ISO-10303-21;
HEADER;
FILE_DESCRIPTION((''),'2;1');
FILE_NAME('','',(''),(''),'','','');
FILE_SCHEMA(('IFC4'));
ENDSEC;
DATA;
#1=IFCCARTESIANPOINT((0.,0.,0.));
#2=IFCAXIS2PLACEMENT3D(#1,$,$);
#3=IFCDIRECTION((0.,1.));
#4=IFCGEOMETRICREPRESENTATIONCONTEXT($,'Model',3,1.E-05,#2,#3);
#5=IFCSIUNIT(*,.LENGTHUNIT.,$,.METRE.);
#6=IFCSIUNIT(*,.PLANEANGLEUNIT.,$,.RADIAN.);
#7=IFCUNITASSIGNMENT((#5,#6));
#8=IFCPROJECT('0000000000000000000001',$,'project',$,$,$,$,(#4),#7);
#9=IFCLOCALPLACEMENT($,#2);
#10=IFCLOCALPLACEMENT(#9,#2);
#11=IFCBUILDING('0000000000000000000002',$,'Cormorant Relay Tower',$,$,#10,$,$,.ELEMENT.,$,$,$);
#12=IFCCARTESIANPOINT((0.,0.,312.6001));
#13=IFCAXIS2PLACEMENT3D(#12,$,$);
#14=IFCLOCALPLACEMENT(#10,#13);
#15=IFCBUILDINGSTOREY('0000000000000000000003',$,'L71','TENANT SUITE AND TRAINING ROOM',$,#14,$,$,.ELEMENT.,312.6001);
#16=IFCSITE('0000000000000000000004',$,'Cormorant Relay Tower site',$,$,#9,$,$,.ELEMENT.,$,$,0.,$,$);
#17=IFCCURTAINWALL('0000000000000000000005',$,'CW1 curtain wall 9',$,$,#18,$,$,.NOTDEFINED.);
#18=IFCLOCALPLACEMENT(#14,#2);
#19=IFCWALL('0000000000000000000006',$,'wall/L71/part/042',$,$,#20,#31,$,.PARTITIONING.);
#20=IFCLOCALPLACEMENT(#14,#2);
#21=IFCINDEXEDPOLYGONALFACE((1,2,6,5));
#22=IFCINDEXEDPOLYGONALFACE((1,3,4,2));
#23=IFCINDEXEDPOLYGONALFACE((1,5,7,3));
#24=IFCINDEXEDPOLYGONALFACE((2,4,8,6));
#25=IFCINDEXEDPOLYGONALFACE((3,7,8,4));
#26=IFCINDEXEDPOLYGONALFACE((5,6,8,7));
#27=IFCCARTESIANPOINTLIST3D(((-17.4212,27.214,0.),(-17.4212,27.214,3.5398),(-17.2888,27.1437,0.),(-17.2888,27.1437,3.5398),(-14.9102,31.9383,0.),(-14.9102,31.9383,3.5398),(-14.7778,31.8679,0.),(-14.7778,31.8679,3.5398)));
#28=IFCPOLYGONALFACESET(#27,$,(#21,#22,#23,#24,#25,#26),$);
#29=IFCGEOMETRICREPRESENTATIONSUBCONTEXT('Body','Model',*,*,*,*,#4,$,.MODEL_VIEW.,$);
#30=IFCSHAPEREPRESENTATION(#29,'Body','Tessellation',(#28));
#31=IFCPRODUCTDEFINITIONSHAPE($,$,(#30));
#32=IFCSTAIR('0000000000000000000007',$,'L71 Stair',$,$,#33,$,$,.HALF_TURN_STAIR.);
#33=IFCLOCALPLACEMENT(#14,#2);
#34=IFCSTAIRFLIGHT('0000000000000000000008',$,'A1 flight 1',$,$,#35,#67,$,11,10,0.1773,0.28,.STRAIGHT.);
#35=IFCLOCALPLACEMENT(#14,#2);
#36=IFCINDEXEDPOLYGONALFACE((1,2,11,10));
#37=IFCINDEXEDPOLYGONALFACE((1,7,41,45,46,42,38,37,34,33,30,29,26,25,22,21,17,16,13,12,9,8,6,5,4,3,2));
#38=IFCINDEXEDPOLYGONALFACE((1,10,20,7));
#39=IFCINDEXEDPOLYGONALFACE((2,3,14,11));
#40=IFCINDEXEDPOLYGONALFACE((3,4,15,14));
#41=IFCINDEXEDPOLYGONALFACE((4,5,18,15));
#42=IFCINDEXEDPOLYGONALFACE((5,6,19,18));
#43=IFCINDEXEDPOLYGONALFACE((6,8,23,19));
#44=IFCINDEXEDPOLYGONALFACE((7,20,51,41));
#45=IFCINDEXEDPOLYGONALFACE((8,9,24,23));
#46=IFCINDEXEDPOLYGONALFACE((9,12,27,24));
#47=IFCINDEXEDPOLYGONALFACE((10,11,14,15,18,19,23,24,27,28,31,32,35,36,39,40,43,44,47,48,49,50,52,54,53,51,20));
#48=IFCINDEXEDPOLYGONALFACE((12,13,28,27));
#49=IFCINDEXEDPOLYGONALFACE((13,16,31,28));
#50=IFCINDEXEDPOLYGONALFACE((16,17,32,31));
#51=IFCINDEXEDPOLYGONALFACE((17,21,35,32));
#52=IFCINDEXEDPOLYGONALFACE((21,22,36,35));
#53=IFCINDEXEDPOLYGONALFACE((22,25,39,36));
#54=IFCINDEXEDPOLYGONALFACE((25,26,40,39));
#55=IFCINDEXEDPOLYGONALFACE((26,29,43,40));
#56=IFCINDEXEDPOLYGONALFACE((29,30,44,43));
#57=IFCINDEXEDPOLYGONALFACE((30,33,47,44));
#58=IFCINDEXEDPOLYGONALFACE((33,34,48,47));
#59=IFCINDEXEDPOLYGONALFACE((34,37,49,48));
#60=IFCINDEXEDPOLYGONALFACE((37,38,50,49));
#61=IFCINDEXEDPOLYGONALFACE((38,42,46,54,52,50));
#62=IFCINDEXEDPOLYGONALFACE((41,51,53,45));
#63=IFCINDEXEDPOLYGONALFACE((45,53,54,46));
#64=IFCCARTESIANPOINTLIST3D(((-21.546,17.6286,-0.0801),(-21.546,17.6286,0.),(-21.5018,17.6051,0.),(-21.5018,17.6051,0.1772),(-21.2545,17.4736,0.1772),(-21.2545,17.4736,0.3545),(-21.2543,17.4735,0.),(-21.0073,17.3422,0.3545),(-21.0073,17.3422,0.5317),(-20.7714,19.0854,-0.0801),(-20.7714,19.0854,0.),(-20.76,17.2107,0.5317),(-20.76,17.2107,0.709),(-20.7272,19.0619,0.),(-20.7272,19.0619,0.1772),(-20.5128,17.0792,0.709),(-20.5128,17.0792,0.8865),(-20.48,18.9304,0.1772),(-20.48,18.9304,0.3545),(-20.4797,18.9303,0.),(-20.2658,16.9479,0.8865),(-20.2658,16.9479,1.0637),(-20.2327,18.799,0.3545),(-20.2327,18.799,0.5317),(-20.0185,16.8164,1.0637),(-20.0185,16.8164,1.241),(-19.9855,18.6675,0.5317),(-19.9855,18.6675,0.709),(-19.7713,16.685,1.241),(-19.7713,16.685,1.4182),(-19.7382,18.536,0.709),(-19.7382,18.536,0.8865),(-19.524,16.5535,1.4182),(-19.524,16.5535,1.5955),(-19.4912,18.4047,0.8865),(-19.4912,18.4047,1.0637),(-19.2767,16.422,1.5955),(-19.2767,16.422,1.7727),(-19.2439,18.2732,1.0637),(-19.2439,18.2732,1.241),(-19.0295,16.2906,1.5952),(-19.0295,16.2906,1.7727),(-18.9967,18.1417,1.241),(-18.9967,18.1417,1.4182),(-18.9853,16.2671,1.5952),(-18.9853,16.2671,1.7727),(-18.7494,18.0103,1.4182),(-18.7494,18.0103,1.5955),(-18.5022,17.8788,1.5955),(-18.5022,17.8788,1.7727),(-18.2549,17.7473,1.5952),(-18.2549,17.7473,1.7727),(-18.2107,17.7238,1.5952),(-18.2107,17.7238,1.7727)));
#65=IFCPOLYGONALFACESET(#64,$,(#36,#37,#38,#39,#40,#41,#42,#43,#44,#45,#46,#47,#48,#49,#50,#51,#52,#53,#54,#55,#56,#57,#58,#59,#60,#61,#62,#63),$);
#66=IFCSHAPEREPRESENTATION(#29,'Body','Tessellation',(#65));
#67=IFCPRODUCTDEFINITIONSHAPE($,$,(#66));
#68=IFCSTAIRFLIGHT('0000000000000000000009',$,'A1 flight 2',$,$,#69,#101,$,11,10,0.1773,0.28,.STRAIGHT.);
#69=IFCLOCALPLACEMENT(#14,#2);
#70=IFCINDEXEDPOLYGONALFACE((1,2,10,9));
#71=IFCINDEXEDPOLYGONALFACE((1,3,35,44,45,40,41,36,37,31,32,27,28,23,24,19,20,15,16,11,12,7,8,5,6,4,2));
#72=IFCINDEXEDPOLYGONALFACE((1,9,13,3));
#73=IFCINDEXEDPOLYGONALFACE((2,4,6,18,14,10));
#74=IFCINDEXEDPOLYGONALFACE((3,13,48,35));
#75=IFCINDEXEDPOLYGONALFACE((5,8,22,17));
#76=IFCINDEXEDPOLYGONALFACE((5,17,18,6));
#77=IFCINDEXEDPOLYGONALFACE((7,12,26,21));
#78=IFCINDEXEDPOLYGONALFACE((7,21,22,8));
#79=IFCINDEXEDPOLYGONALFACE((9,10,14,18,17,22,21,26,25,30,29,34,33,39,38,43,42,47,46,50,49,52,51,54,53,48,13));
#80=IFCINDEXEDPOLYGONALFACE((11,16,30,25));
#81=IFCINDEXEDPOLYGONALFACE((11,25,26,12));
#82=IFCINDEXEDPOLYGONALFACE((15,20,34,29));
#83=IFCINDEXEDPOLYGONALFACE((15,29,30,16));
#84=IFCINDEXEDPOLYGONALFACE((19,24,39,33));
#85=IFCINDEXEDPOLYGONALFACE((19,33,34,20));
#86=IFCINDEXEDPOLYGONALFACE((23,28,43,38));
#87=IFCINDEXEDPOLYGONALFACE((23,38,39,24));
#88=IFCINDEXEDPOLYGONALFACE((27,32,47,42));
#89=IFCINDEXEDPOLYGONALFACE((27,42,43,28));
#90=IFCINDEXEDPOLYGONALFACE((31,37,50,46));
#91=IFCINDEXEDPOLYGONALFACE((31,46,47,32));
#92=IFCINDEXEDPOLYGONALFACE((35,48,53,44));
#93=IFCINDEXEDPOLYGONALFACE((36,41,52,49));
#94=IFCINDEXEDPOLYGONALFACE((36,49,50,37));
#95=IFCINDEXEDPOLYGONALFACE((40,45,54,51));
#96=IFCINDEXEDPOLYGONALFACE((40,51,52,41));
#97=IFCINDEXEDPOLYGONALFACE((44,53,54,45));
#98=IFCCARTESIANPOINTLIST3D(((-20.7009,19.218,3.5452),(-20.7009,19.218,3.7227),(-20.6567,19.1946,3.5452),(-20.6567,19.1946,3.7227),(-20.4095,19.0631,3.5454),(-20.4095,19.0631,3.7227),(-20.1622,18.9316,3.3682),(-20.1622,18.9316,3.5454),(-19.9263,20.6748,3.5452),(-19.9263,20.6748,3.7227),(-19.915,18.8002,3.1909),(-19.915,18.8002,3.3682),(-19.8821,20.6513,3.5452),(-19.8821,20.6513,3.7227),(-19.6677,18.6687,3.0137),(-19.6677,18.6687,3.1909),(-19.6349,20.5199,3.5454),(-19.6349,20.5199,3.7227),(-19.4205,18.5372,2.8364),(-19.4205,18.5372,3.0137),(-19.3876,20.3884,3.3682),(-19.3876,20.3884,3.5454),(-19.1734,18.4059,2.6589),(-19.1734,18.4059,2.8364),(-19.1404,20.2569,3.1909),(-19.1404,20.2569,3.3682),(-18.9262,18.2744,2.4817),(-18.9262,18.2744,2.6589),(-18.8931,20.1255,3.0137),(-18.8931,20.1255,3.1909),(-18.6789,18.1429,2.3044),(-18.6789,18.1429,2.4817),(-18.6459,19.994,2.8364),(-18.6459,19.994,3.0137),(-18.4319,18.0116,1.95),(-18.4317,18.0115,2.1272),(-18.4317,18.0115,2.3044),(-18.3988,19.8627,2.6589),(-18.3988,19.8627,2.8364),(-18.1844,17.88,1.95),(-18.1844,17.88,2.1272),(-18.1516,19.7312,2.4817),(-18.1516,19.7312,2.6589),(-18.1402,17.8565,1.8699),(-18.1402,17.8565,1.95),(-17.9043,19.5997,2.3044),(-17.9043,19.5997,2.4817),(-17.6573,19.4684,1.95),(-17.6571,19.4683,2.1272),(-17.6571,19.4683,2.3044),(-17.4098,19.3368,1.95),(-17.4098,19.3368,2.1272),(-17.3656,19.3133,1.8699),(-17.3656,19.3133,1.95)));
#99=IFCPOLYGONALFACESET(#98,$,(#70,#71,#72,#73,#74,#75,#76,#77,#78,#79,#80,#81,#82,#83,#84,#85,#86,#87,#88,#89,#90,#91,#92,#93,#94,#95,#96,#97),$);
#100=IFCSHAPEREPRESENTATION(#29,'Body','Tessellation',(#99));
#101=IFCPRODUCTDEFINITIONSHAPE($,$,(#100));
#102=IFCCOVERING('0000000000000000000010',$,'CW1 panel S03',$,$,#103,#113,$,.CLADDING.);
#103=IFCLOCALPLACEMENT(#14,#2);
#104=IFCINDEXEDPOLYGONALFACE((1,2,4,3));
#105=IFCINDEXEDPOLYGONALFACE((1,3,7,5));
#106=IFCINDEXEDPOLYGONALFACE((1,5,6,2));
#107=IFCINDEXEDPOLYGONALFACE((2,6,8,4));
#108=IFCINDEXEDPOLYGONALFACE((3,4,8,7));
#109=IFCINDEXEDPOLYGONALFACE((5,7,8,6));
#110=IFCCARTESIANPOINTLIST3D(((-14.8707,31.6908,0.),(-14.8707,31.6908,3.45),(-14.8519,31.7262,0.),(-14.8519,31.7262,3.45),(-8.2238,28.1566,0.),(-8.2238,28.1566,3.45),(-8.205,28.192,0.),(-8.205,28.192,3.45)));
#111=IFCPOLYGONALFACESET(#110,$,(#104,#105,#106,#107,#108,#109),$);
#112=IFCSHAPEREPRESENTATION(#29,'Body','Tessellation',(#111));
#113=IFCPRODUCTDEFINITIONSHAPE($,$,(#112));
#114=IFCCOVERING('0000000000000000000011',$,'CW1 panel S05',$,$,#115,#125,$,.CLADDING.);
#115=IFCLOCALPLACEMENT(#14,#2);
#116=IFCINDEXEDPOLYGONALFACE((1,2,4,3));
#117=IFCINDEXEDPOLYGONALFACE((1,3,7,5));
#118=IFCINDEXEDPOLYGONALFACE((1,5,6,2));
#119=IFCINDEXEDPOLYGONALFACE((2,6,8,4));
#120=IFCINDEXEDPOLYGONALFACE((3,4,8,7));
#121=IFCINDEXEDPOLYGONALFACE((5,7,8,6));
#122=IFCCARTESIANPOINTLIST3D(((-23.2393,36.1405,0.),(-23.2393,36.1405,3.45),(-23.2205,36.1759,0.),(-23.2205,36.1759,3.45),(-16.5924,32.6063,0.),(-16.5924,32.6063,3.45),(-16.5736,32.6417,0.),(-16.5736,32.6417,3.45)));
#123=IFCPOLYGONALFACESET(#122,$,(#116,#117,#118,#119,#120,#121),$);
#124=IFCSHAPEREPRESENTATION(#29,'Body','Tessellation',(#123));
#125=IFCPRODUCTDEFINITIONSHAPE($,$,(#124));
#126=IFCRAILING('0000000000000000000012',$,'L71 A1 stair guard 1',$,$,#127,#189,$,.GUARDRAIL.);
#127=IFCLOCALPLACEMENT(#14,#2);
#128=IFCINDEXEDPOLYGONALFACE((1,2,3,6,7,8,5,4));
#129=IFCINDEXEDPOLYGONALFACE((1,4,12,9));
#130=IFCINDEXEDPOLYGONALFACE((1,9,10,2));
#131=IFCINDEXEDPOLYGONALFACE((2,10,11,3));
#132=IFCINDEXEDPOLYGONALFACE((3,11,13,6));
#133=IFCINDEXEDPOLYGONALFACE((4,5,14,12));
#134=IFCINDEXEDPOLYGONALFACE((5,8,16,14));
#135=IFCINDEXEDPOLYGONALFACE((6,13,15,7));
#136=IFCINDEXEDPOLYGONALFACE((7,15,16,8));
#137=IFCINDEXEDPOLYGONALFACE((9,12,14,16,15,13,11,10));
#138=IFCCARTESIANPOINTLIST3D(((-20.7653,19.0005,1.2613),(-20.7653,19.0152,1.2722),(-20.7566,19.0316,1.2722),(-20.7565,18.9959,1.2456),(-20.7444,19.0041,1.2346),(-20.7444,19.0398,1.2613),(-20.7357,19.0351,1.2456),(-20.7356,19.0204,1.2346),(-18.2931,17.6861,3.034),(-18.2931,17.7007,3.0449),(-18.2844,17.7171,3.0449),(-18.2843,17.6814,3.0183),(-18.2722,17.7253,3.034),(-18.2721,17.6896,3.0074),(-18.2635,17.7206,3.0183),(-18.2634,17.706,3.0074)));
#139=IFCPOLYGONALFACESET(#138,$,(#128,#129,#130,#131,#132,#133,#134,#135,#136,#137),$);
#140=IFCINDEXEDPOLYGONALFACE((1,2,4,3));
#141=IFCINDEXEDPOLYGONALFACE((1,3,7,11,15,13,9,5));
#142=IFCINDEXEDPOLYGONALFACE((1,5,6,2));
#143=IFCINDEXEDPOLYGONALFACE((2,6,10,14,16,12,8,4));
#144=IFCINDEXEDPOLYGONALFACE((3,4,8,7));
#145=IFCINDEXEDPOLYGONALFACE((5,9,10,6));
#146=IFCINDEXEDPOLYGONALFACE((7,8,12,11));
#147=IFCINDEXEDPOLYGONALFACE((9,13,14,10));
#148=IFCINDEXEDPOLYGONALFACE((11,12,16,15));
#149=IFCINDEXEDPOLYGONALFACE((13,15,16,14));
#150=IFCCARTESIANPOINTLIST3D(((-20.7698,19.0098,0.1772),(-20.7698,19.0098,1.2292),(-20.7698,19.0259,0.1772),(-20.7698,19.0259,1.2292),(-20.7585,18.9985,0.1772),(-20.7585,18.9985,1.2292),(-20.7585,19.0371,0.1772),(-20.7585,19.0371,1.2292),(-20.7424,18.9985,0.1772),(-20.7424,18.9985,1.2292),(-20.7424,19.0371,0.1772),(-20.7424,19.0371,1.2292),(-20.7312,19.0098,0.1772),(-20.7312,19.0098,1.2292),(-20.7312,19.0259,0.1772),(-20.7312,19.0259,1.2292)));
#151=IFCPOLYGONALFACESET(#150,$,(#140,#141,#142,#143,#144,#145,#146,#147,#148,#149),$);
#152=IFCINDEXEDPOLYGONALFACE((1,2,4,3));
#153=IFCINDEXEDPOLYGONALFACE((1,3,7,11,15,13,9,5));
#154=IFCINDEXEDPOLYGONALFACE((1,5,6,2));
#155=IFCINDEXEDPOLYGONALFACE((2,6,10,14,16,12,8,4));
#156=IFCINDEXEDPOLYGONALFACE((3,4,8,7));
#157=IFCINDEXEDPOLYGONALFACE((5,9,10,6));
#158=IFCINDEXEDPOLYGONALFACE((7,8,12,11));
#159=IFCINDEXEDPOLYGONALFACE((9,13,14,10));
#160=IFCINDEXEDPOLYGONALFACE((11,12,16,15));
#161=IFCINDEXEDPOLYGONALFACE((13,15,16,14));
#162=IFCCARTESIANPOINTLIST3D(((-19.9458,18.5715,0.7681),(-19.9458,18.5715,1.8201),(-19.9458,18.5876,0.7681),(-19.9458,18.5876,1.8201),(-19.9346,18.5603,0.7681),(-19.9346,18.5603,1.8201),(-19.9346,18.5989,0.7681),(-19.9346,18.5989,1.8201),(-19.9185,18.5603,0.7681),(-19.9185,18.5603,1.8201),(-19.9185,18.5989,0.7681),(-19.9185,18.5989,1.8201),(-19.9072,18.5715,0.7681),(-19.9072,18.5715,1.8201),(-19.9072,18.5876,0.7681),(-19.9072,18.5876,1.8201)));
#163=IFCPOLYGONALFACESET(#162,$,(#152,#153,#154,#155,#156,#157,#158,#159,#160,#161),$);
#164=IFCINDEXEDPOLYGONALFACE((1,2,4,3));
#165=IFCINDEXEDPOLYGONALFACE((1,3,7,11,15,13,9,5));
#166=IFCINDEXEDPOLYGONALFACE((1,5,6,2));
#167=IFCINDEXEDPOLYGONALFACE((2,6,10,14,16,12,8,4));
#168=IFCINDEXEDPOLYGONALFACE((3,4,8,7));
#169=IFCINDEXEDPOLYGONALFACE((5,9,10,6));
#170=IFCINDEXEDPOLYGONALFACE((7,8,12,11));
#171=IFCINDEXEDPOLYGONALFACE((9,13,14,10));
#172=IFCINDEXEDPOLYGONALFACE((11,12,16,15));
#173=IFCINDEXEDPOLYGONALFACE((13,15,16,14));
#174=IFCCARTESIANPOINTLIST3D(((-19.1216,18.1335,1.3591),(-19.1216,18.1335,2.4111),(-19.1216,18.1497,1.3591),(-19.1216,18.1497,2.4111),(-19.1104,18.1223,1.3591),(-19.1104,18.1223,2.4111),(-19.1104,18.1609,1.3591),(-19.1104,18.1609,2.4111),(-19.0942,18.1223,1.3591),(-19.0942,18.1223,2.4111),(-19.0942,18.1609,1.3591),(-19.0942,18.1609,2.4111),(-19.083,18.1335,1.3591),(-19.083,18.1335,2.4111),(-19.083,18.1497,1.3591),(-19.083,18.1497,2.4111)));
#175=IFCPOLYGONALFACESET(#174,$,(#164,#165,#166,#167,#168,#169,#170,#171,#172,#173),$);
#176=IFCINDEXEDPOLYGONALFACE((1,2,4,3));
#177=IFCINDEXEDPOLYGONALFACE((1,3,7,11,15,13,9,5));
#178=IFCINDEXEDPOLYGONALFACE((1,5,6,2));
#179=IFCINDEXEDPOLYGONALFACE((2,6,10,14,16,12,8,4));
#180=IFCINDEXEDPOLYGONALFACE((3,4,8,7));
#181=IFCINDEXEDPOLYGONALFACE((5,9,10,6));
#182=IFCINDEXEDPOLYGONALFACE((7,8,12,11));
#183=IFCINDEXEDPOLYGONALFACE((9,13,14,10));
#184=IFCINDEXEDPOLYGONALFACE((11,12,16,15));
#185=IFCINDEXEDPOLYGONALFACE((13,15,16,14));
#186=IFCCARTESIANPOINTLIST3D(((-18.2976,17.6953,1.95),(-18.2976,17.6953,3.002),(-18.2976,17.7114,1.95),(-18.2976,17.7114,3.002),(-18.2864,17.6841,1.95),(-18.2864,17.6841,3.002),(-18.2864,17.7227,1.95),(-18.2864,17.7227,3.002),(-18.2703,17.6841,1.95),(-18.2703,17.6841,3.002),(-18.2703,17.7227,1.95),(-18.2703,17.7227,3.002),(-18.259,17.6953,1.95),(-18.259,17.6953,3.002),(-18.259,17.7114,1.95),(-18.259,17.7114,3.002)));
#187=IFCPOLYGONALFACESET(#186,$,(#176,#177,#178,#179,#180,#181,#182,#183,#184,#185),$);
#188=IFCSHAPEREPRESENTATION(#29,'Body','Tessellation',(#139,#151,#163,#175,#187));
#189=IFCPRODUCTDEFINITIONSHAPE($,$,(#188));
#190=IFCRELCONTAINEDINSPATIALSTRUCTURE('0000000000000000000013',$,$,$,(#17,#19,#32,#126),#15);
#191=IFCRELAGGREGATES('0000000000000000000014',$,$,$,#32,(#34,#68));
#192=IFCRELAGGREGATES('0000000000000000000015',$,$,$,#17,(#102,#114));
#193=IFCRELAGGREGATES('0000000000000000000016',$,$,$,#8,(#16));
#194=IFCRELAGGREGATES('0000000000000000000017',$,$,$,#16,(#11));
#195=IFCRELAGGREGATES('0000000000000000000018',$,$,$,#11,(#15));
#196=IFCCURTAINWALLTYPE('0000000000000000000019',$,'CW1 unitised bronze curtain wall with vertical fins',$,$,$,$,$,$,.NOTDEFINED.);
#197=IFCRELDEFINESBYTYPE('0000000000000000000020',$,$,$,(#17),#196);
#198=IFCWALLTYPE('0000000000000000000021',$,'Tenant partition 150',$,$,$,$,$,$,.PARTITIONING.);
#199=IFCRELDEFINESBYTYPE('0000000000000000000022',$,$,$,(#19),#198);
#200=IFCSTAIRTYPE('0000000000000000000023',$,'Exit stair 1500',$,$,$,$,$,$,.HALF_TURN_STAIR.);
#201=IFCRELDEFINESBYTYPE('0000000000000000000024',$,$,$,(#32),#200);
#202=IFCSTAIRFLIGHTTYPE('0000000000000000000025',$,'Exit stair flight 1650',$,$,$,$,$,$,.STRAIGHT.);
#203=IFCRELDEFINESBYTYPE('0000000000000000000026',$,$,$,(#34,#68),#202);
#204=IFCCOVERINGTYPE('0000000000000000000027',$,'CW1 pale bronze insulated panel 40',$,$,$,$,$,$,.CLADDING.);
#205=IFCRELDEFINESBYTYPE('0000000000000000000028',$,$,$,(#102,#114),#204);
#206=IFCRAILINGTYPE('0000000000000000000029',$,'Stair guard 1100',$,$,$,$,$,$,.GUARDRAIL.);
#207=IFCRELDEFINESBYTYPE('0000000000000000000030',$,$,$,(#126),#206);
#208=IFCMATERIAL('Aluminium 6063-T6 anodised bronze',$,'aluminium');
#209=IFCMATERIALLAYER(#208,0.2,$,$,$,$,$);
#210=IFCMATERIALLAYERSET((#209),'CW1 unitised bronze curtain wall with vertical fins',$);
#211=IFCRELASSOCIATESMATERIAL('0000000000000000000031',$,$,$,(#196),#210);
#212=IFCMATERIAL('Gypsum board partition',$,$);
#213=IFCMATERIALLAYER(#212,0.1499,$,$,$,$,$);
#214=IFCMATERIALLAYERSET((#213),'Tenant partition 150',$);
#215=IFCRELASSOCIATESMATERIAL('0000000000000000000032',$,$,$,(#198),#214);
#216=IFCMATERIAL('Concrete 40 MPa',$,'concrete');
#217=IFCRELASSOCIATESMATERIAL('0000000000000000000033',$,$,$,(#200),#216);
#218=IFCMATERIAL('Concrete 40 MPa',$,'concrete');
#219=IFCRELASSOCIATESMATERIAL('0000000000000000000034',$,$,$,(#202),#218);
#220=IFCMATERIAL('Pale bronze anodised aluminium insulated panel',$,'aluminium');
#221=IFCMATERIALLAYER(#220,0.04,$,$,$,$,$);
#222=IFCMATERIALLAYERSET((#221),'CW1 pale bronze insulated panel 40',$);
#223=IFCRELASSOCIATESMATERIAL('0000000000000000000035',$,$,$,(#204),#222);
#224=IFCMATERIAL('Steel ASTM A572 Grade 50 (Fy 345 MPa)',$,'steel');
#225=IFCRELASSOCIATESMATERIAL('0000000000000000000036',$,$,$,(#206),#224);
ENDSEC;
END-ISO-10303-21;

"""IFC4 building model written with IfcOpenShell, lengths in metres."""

from ifc_helpers import new_model, si_unit, direction, frame, frame_2d, origin, origin_2d, place, context, subcontext, project, spatial, polyline, rectangle, outline, extrude, material, layer, layer_set, type_object, element, aggregate, save


model = new_model("IFC4")

# Units and contexts
model_context = context("Model", 3, precision=1e-05, world=origin(), true_north=direction((0.0, 1.0)))
body_context = subcontext(model_context, "Body", "Model", "MODEL_VIEW")
ifc_project = project(units=[si_unit("LENGTHUNIT", "METRE"), si_unit("PLANEANGLEUNIT", "RADIAN")], contexts=[model_context])

# Site, building, storey
site_placement = place(None, origin())
site = spatial("IfcSite", under=ifc_project, at=site_placement, Name="Cormorant Relay Tower site", CompositionType="ELEMENT", RefElevation=0.0)
building_placement = place(site_placement, origin())
building = spatial("IfcBuilding", under=site, at=building_placement, Name="Cormorant Relay Tower", CompositionType="ELEMENT")
storey_placement = place(building_placement, frame((0.0, 0.0, 312.6001)))
storey = spatial("IfcBuildingStorey", under=building, at=storey_placement, Name="L71", Description="TENANT SUITE AND TRAINING ROOM", CompositionType="ELEMENT", Elevation=312.6001)

# Curtain wall
ifc_material_1 = material(Name="Aluminium 6063-T6 anodised bronze", Category="aluminium")
ifc_layer_1 = layer(ifc_material_1, 0.2)
ifc_layer_set_1 = layer_set([ifc_layer_1], Name="CW1 unitised bronze curtain wall with vertical fins")
curtain_wall_type = type_object("IfcCurtainWallType", Name="CW1 unitised bronze curtain wall with vertical fins", PredefinedType="NOTDEFINED", material=ifc_layer_set_1)
curtain_wall_placement = place(storey_placement, origin())
curtain_wall = element("IfcCurtainWall", 1, at=curtain_wall_placement, inside=storey, type_object=curtain_wall_type, Name="CW1 curtain wall 9", PredefinedType="NOTDEFINED")

# Wall
ifc_material_2 = material(Name="Gypsum board partition")
ifc_layer_2 = layer(ifc_material_2, 0.1499)
ifc_layer_set_2 = layer_set([ifc_layer_2], Name="Tenant partition 150")
wall_type_1 = type_object("IfcWallType", Name="Tenant partition 150", PredefinedType="PARTITIONING", material=ifc_layer_set_2)
wall_1_placement = place(storey_placement, frame((-14.844, 31.9031, 0.0), z_axis=(0.0, 0.0, 1.0), x_axis=(-0.469344, -0.883015, 0.0)))
element("IfcWall", 2, at=wall_1_placement, inside=storey, type_object=wall_type_1, Name="wall/L71/part/042", PredefinedType="PARTITIONING", context=body_context, shape_type="SweptSolid", body=[
    extrude(rectangle(XDim=5.3501, YDim=0.1499, at=frame_2d((2.675, 0.0))), origin(), (0.0, 0.0, 1.0), 3.5398),
])

# Stair, stair flights
ifc_material_3 = material(Name="Concrete 40 MPa", Category="concrete")
stair_type = type_object("IfcStairType", Name="Exit stair 1500", PredefinedType="HALF_TURN_STAIR", material=ifc_material_3)
stair_placement = place(storey_placement, origin())
stair = element("IfcStair", 3, at=stair_placement, inside=storey, type_object=stair_type, Name="L71 Stair", PredefinedType="HALF_TURN_STAIR")
ifc_material_4 = material(Name="Concrete 40 MPa", Category="concrete")
stair_flight_type = type_object("IfcStairFlightType", Name="Exit stair flight 1650", PredefinedType="STRAIGHT", material=ifc_material_4)
stair_flight_1_placement = place(storey_placement, frame((-21.1145, 18.3335, 0.0), z_axis=(0.0, 0.0, 1.0), x_axis=(0.882948, -0.469472, 0.0)))
stair_flight_1 = element("IfcStairFlight", 4, at=stair_flight_1_placement, type_object=stair_flight_type, Name="A1 flight 1", NumberOfRisers=11, NumberOfTreads=10, PredefinedType="STRAIGHT", RiserHeight=0.1773, TreadLength=0.28, context=body_context, shape_type="SweptSolid", body=[
    extrude(outline(polyline([(-0.05, -0.0801), (-0.05, 0.0), (0.0, 0.0), (0.0, 0.1772), (0.28, 0.1772), (0.28, 0.3545), (0.5601, 0.3545), (0.5601, 0.5317), (0.8401, 0.5317), (0.8401, 0.709), (1.1201, 0.709), (1.1201, 0.8865), (1.3999, 0.8865), (1.3999, 1.0637), (1.6799, 1.0637), (1.6799, 1.241), (1.96, 1.241), (1.96, 1.4182), (2.24, 1.4182), (2.24, 1.5955), (2.52, 1.5955), (2.52, 1.7727), (2.8, 1.7727), (2.8501, 1.7727), (2.8501, 1.5952), (2.8, 1.5952), (0.2803, 0.0), (-0.05, -0.0801)])), frame((0.0, 0.825, 0.0), z_axis=(0.0, -1.0, 0.0), x_axis=(1.0, 0.0, 0.0)), (0.0, 0.0, 1.0), 1.6499),
])
stair_flight_2_placement = place(storey_placement, frame((-17.7971, 18.6084, 1.95), z_axis=(0.0, 0.0, 1.0), x_axis=(-0.882948, 0.469472, 0.0)))
stair_flight_2 = element("IfcStairFlight", 5, at=stair_flight_2_placement, type_object=stair_flight_type, Name="A1 flight 2", NumberOfRisers=11, NumberOfTreads=10, PredefinedType="STRAIGHT", RiserHeight=0.1773, TreadLength=0.28, context=body_context, shape_type="SweptSolid", body=[
    extrude(outline(polyline([(-0.05, -0.0801), (-0.05, 0.0), (0.0, 0.0), (0.0, 0.1772), (0.28, 0.1772), (0.28, 0.3545), (0.5601, 0.3545), (0.5601, 0.5317), (0.8401, 0.5317), (0.8401, 0.709), (1.1201, 0.709), (1.1201, 0.8865), (1.3999, 0.8865), (1.3999, 1.0637), (1.6799, 1.0637), (1.6799, 1.241), (1.96, 1.241), (1.96, 1.4182), (2.24, 1.4182), (2.24, 1.5955), (2.52, 1.5955), (2.52, 1.7727), (2.8, 1.7727), (2.8501, 1.7727), (2.8501, 1.5952), (2.8, 1.5952), (0.2803, 0.0), (-0.05, -0.0801)])), frame((0.0, 0.825, 0.0), z_axis=(0.0, -1.0, 0.0), x_axis=(1.0, 0.0, 0.0)), (0.0, 0.0, 1.0), 1.6499),
])
aggregate(stair, [stair_flight_1, stair_flight_2])

# Coverings
ifc_material_5 = material(Name="Pale bronze anodised aluminium insulated panel", Category="aluminium")
ifc_layer_3 = layer(ifc_material_5, 0.04)
ifc_layer_set_3 = layer_set([ifc_layer_3], Name="CW1 pale bronze insulated panel 40")
covering_type = type_object("IfcCoveringType", Name="CW1 pale bronze insulated panel 40", PredefinedType="CLADDING", material=ifc_layer_set_3)
covering_1_placement = place(storey_placement, frame((-11.5378, 29.9414, 0.0), z_axis=(0.0, 0.0, 1.0), x_axis=(-0.882948, 0.469472, 0.0)))
covering_1 = element("IfcCovering", 6, at=covering_1_placement, type_object=covering_type, Name="CW1 panel S03", PredefinedType="CLADDING", context=body_context, shape_type="SweptSolid", body=[
    extrude(rectangle(XDim=7.5281, YDim=0.04, at=origin_2d()), origin(), (0.0, 0.0, 1.0), 3.45),
])
covering_2_placement = place(storey_placement, frame((-19.9065, 34.3911, 0.0), z_axis=(0.0, 0.0, 1.0), x_axis=(-0.882948, 0.469472, 0.0)))
covering_2 = element("IfcCovering", 7, at=covering_2_placement, type_object=covering_type, Name="CW1 panel S05", PredefinedType="CLADDING", context=body_context, shape_type="SweptSolid", body=[
    extrude(rectangle(XDim=7.5281, YDim=0.04, at=origin_2d()), origin(), (0.0, 0.0, 1.0), 3.45),
])
aggregate(curtain_wall, [covering_1, covering_2])

# Railing
ifc_material_6 = material(Name="Steel ASTM A572 Grade 50 (Fy 345 MPa)", Category="steel")
railing_type_1 = type_object("IfcRailingType", Name="Stair guard 1100", PredefinedType="GUARDRAIL", material=ifc_material_6)
railing_1_placement = place(storey_placement, frame((-20.7505, 19.0178, 0.1772)))
element("IfcRailing", 8, at=railing_1_placement, inside=storey, type_object=railing_type_1, Name="L71 A1 stair guard 1", PredefinedType="GUARDRAIL", context=body_context, shape_type="SweptSolid", body=[
    extrude(outline(polyline([(0.0222, 0.0093), (0.0093, 0.0222), (-0.0093, 0.0222), (-0.0222, 0.0093), (-0.0222, -0.0093), (-0.0093, -0.0222), (0.0093, -0.0222), (0.0222, -0.0093), (0.0222, 0.0093)])), frame((0.0, 0.0, 1.0762), z_axis=(0.746001, -0.396649, 0.534931), x_axis=(0.469465, 0.882951, 0.0)), (0.0, 0.0, 1.0), 3.314),
    extrude(outline(polyline([(0.0193, 0.0081), (0.0081, 0.0193), (-0.0081, 0.0193), (-0.0193, 0.0081), (-0.0193, -0.0081), (-0.0081, -0.0193), (0.0081, -0.0193), (0.0193, -0.0081), (0.0193, 0.0081)])), origin(), (0.0, 0.0, 1.0), 1.052),
    extrude(outline(polyline([(0.0193, 0.0081), (0.0081, 0.0193), (-0.0081, 0.0193), (-0.0193, 0.0081), (-0.0193, -0.0081), (-0.0081, -0.0193), (0.0081, -0.0193), (0.0193, -0.0081), (0.0193, 0.0081)])), frame((0.824, -0.4382, 0.5908)), (0.0, 0.0, 1.0), 1.052),
    extrude(outline(polyline([(0.0193, 0.0081), (0.0081, 0.0193), (-0.0081, 0.0193), (-0.0193, 0.0081), (-0.0193, -0.0081), (-0.0081, -0.0193), (0.0081, -0.0193), (0.0193, -0.0081), (0.0193, 0.0081)])), frame((1.6482, -0.8762, 1.1819)), (0.0, 0.0, 1.0), 1.052),
    extrude(outline(polyline([(0.0193, 0.0081), (0.0081, 0.0193), (-0.0081, 0.0193), (-0.0193, 0.0081), (-0.0193, -0.0081), (-0.0081, -0.0193), (0.0081, -0.0193), (0.0193, -0.0081), (0.0193, 0.0081)])), frame((2.4722, -1.3145, 1.7727)), (0.0, 0.0, 1.0), 1.052),
])

save(model, "model.ifc")
